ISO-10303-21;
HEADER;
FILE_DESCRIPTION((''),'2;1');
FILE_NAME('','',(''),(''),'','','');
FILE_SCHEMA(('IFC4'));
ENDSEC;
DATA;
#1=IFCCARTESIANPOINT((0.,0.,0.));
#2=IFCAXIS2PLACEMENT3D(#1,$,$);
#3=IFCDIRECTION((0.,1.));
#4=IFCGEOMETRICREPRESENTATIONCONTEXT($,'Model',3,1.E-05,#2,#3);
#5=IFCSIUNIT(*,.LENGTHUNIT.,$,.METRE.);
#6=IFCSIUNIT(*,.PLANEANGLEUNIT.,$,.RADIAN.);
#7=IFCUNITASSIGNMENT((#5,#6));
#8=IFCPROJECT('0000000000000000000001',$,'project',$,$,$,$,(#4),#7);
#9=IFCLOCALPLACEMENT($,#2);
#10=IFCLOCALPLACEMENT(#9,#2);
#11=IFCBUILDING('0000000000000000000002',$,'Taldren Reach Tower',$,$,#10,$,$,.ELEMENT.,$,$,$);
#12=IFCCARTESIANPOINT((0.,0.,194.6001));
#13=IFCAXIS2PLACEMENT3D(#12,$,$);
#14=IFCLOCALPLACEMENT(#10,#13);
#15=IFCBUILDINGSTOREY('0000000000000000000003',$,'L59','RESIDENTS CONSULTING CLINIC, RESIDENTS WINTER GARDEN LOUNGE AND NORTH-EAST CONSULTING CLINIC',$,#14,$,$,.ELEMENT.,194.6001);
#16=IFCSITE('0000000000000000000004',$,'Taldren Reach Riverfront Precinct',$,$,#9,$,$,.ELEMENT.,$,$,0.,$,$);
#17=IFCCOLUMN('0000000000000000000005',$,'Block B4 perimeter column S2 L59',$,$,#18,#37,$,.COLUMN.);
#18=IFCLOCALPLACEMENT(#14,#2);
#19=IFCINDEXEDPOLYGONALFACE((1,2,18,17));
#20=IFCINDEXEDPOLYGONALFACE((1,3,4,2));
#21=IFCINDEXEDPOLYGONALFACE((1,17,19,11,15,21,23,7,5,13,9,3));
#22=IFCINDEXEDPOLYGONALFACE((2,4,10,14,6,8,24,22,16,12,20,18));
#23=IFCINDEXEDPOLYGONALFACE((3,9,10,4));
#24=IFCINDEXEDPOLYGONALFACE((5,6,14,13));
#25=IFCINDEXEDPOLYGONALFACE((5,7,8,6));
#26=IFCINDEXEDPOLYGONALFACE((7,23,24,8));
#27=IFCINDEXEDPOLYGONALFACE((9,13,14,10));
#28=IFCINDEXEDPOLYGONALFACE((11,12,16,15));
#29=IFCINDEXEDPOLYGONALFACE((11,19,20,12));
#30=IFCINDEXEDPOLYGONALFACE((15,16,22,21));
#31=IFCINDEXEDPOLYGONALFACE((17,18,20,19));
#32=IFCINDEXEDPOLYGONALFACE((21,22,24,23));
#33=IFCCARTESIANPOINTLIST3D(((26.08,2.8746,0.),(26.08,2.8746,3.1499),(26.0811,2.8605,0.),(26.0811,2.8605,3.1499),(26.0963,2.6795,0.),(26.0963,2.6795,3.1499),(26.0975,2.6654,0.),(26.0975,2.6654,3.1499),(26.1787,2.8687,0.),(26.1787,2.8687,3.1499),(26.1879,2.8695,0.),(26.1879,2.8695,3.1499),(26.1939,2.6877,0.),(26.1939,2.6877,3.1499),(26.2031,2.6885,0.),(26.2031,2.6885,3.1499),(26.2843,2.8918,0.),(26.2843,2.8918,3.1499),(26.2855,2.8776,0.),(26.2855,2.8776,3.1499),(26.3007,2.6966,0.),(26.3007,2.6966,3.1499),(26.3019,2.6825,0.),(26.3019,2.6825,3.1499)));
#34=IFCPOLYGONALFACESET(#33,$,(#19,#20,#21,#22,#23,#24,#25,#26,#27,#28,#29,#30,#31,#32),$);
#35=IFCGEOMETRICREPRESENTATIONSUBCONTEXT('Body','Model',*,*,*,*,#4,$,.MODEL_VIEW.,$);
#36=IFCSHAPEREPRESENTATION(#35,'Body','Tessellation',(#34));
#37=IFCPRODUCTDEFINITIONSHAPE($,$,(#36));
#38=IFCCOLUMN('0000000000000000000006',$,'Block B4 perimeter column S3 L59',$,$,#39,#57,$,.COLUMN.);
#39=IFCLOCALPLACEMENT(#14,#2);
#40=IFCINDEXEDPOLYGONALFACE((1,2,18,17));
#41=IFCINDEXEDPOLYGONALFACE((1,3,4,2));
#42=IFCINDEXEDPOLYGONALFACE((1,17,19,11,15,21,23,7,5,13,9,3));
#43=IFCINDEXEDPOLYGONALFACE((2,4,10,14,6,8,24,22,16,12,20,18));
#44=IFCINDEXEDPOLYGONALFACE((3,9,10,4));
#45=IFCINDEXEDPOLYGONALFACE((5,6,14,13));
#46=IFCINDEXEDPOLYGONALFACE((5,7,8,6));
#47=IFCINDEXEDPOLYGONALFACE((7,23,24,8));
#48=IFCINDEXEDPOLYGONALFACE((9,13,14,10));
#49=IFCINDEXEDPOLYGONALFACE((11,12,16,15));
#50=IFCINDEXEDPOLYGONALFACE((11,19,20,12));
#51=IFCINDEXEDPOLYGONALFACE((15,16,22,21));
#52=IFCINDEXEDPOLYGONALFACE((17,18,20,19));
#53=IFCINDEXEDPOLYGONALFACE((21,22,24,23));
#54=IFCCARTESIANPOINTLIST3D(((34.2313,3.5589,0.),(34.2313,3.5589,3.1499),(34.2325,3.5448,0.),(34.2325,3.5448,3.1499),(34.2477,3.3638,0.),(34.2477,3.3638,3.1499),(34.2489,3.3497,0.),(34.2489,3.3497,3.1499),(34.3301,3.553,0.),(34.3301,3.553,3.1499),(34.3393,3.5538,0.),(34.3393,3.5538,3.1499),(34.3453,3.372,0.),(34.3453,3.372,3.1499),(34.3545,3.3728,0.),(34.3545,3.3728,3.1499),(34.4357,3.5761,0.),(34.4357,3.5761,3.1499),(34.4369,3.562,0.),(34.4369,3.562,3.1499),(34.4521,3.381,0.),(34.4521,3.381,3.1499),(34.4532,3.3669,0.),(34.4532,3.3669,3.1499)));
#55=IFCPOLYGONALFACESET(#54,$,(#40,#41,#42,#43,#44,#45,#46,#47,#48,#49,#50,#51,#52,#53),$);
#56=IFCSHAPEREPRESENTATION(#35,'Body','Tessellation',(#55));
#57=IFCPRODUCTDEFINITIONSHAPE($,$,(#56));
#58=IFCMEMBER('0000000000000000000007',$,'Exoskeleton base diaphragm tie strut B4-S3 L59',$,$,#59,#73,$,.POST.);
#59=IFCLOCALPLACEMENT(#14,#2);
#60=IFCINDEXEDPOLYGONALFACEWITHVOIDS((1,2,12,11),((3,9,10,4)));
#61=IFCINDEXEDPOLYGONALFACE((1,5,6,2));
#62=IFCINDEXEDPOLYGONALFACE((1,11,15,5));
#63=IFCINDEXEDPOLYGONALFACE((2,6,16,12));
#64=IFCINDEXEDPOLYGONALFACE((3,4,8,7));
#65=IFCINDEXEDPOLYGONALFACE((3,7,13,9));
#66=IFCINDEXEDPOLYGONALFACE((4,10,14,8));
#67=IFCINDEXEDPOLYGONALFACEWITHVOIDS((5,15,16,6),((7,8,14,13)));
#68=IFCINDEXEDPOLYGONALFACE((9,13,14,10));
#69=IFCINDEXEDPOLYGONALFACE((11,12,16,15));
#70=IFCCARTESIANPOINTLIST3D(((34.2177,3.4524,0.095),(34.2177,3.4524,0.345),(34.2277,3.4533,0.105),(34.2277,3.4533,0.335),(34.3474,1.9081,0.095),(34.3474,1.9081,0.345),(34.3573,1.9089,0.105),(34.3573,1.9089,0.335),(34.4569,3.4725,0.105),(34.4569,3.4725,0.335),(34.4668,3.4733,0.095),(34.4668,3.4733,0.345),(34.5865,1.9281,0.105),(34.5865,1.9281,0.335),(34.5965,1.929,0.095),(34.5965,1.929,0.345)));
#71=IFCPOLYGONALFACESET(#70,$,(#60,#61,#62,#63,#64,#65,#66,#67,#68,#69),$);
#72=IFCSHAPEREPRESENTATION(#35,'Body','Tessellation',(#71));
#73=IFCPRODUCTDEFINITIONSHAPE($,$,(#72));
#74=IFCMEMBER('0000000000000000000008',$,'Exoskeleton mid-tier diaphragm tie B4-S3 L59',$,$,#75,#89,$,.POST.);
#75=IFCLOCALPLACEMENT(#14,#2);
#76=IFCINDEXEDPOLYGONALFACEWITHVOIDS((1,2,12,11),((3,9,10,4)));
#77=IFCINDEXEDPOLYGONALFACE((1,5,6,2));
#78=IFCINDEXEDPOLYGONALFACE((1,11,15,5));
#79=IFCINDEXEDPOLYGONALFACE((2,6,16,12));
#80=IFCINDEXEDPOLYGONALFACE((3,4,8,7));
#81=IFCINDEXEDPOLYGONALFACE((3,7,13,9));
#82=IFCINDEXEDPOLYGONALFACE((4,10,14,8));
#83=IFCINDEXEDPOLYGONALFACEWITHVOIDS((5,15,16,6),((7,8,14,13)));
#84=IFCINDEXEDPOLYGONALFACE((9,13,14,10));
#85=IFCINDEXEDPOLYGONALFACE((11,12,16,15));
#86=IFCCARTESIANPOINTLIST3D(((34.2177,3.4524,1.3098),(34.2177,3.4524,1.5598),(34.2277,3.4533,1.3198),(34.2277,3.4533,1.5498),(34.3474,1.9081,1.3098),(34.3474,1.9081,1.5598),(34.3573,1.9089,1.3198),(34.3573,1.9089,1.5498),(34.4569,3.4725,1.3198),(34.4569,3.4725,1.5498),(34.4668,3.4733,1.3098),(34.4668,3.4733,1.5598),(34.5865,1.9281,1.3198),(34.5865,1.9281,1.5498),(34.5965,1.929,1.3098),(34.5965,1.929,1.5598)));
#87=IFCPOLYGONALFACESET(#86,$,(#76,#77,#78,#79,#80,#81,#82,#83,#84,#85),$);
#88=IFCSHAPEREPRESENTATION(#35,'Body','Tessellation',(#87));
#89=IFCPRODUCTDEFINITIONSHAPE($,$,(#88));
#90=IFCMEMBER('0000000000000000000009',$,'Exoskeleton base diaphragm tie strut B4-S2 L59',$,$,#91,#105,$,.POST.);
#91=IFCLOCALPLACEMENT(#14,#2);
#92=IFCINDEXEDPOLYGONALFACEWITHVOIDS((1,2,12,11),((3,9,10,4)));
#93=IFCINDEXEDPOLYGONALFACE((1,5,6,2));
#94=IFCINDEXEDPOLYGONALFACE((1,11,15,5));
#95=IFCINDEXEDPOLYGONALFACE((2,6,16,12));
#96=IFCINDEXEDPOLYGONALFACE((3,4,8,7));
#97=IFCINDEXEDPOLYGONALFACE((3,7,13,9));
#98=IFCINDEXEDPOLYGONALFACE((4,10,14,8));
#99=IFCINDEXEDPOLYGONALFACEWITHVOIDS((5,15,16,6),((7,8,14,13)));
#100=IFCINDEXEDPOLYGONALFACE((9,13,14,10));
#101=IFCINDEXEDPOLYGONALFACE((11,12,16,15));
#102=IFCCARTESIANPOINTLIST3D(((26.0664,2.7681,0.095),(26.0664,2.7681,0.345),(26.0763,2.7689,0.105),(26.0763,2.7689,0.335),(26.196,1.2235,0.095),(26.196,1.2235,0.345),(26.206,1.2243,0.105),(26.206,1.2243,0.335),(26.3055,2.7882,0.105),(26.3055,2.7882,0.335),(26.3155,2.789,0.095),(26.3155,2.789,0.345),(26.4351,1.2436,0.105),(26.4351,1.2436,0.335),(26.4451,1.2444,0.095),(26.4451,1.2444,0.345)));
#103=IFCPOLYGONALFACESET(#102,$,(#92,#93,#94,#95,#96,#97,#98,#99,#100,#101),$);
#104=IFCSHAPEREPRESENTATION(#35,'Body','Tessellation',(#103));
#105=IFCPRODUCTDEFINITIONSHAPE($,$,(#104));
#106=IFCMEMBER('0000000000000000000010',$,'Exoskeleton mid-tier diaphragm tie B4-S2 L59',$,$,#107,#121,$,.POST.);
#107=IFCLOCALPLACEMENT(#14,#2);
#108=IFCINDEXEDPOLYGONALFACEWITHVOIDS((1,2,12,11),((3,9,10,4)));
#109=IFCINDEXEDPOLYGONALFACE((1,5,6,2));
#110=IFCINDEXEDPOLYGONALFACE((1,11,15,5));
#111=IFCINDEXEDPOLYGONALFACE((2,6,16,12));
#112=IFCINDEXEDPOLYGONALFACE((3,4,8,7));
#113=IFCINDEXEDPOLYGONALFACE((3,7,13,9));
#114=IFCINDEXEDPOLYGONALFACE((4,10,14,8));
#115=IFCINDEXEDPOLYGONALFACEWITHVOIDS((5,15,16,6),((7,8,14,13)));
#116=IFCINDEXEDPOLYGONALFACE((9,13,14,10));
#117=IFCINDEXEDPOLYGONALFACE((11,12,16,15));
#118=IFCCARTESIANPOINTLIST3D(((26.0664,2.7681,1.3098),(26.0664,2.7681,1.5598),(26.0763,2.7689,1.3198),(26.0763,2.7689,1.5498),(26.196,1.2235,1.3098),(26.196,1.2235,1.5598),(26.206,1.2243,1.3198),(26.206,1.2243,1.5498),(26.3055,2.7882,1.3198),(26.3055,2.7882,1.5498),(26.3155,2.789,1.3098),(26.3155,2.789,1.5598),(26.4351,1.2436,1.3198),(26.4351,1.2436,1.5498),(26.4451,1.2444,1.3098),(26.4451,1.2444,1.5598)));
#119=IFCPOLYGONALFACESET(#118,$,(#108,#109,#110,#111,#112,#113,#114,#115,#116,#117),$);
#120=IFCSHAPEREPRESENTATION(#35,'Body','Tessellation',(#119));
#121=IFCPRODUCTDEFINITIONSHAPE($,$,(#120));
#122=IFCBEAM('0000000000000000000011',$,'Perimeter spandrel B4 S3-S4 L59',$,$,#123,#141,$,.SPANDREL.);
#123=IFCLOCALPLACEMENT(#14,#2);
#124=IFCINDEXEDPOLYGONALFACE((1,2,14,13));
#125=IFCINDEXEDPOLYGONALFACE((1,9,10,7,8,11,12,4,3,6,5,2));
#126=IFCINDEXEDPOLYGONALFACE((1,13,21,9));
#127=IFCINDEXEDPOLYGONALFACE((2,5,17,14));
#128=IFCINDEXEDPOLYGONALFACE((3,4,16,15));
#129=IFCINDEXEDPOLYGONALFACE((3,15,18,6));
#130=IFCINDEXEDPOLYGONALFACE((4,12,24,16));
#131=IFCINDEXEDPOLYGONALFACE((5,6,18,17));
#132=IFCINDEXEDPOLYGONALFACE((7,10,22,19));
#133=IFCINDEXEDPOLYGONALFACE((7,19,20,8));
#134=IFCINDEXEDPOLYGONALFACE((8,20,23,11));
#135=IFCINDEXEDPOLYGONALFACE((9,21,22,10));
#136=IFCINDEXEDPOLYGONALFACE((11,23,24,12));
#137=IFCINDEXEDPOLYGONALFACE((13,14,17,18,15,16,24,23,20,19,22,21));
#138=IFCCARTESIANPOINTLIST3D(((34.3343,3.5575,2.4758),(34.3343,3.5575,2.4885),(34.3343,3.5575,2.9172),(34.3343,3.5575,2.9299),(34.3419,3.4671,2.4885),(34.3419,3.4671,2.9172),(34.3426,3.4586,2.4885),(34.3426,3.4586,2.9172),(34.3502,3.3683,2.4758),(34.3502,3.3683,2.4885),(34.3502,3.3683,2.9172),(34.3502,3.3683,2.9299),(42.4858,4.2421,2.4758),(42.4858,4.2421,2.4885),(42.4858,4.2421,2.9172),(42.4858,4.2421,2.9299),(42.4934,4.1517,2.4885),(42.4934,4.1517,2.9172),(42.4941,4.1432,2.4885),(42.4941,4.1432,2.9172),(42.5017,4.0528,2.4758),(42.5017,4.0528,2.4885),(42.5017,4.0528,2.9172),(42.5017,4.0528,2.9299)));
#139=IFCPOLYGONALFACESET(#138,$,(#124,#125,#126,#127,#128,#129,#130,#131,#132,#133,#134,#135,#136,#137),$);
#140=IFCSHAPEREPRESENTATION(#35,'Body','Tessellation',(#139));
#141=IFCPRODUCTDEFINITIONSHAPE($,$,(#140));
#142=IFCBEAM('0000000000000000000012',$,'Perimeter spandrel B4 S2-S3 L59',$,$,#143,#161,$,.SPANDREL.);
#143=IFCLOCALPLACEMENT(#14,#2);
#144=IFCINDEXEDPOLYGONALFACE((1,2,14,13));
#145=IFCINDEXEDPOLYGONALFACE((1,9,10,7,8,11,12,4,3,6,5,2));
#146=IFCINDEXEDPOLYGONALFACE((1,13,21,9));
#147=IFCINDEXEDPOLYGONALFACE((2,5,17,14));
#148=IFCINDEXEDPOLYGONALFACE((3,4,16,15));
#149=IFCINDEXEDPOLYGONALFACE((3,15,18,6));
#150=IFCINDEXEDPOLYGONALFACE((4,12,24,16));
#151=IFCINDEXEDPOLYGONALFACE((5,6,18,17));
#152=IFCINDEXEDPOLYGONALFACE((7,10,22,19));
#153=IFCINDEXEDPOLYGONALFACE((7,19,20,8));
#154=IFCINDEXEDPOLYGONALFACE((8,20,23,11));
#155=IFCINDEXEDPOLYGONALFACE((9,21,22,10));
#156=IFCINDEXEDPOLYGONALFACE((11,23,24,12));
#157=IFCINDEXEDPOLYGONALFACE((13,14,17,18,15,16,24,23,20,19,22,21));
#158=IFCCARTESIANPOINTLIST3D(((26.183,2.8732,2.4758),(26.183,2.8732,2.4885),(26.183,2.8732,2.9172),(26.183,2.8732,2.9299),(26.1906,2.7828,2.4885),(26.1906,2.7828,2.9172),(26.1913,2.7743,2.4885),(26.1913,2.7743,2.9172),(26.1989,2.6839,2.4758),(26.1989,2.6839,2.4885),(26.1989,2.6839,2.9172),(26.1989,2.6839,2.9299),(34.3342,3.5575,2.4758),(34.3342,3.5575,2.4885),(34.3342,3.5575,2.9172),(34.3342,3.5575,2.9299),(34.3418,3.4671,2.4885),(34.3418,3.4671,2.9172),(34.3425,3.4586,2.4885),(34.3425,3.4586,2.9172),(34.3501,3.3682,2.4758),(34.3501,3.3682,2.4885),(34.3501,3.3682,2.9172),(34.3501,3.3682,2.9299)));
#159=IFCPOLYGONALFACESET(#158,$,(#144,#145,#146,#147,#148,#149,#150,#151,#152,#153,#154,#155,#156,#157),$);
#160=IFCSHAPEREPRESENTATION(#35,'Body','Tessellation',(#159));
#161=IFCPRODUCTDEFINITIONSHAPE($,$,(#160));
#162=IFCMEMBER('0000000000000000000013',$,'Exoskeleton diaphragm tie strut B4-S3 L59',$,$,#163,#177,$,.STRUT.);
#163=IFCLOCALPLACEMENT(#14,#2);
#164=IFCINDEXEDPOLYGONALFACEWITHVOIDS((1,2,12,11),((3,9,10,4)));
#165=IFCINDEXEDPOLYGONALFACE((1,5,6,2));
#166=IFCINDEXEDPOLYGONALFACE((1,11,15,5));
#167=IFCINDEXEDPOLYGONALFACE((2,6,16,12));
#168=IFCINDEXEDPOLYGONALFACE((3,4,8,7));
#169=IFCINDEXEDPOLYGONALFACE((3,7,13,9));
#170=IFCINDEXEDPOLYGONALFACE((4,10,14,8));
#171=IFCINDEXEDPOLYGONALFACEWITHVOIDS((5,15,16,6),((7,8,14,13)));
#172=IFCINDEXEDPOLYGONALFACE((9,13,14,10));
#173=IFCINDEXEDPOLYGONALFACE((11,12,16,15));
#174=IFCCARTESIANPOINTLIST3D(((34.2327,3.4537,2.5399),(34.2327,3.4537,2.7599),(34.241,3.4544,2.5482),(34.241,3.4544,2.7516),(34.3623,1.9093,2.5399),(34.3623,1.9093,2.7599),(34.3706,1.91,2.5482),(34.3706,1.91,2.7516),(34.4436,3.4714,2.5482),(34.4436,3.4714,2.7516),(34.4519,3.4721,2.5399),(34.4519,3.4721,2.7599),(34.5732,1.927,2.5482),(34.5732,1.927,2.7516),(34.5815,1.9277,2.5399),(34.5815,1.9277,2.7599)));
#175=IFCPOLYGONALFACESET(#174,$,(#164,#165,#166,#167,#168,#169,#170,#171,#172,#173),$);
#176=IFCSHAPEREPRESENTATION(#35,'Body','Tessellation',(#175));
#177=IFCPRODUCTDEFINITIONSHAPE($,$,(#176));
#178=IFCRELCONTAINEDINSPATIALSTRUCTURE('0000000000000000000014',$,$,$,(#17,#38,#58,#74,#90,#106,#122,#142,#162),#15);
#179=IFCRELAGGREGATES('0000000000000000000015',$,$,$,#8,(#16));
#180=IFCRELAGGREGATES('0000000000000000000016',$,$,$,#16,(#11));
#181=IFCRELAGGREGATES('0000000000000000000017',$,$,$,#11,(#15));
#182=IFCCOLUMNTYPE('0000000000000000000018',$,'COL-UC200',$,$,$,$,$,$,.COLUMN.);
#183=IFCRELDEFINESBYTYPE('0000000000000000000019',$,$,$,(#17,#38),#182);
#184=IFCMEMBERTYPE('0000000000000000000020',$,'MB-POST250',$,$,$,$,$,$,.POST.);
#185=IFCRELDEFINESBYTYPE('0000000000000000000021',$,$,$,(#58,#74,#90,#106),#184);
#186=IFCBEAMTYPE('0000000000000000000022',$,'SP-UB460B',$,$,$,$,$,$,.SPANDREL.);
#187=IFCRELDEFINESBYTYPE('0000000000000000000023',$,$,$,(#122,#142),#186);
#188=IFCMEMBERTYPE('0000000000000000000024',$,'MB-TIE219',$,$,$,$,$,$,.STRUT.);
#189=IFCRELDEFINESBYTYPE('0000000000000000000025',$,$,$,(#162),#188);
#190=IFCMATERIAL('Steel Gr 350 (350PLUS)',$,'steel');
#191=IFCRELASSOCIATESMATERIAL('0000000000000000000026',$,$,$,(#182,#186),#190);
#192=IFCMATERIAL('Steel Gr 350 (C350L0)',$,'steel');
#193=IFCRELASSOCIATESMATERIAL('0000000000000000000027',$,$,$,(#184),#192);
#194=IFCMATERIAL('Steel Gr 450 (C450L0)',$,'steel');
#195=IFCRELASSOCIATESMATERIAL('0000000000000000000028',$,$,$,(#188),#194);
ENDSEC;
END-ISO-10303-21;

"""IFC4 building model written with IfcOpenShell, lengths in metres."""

from ifc_helpers import new_model, si_unit, direction, frame, origin, origin_2d, place, context, subcontext, project, spatial, hollow_rectangle, i_section, extrude, source, transform, mapped, material, material_profile, profile_set, type_object, element, save


model = new_model("IFC4")

# Units and contexts
model_context = context("Model", 3, precision=1e-05, world=origin(), true_north=direction((0.0, 1.0)))
body_context = subcontext(model_context, "Body", "Model", "MODEL_VIEW")
ifc_project = project(units=[si_unit("LENGTHUNIT", "METRE"), si_unit("PLANEANGLEUNIT", "RADIAN")], contexts=[model_context])

# Site, building, storey
site_placement = place(None, origin())
site = spatial("IfcSite", under=ifc_project, at=site_placement, Name="Taldren Reach Riverfront Precinct", CompositionType="ELEMENT", RefElevation=0.0)
building_placement = place(site_placement, origin())
building = spatial("IfcBuilding", under=site, at=building_placement, Name="Taldren Reach Tower", CompositionType="ELEMENT")
storey_placement = place(building_placement, frame((0.0, 0.0, 194.6001)))
storey = spatial("IfcBuildingStorey", under=building, at=storey_placement, Name="L59", Description="RESIDENTS CONSULTING CLINIC, RESIDENTS WINTER GARDEN LOUNGE AND NORTH-EAST CONSULTING CLINIC", CompositionType="ELEMENT", Elevation=194.6001)

# Columns
ifc_material_1 = material(Name="Steel Gr 350 (350PLUS)", Category="steel")
ifc_material_profile_1 = material_profile(ifc_material_1, i_section(OverallWidth=0.2051, OverallDepth=0.21, WebThickness=0.0093, FlangeThickness=0.0142, at=origin_2d()), Name="200UC59.5")
ifc_profile_set_1 = profile_set([ifc_material_profile_1], Name="Steel Gr 350 (350PLUS)")
column_type = type_object("IfcColumnType", Name="COL-UC200", PredefinedType="COLUMN", material=ifc_profile_set_1)
shared_shape_1 = source(origin(), body_context, "Body", "SweptSolid", [
    extrude(i_section(OverallWidth=0.2051, OverallDepth=0.21, WebThickness=0.0093, FlangeThickness=0.0142, at=origin_2d()), origin(), (0.0, 0.0, 1.0), 3.1499),
])
for number, where, z_axis, x_axis, name in (
    (1, (26.1909, 2.7786, 0.0), (0.0, 0.0, 1.0), (0.996493, 0.083678, 0.0), "Block B4 perimeter column S2 L59"),
    (2, (34.3423, 3.4629, 0.0), (0.0, 0.0, 1.0), (0.996493, 0.083678, 0.0), "Block B4 perimeter column S3 L59"),
):
    element("IfcColumn", number, at=place(storey_placement, frame(where, z_axis=z_axis, x_axis=x_axis)), inside=storey, type_object=column_type, Name=name, PredefinedType="COLUMN", context=body_context, shape_type="MappedRepresentation", body=[
        mapped(shared_shape_1, transform((0.0, 0.0, 0.0), scale=1.0)),
    ])

# Members
ifc_material_2 = material(Name="Steel Gr 350 (C350L0)", Category="steel")
ifc_material_profile_2 = material_profile(ifc_material_2, hollow_rectangle(XDim=0.25, YDim=0.25, WallThickness=0.01, at=origin_2d()), Name="250x250x10.0SHS")
ifc_profile_set_2 = profile_set([ifc_material_profile_2], Name="Steel Gr 350 (C350L0)")
member_type_1 = type_object("IfcMemberType", Name="MB-POST250", PredefinedType="POST", material=ifc_profile_set_2)
shared_shape_2 = source(origin(), body_context, "Body", "SweptSolid", [
    extrude(hollow_rectangle(XDim=0.25, YDim=0.25, WallThickness=0.01, at=origin_2d()), origin(), (0.0, 0.0, 1.0), 1.5498),
])
for number, where, z_axis, x_axis, name in (
    (3, (34.3423, 3.4629, 0.22), (0.083645, -0.996496, 0.0), (0.996496, 0.083645, 0.0), "Exoskeleton base diaphragm tie strut B4-S3 L59"),
    (4, (34.3423, 3.4629, 1.4348), (0.083645, -0.996496, 0.0), (0.996496, 0.083645, 0.0), "Exoskeleton mid-tier diaphragm tie B4-S3 L59"),
):
    element("IfcMember", number, at=place(storey_placement, frame(where, z_axis=z_axis, x_axis=x_axis)), inside=storey, type_object=member_type_1, Name=name, PredefinedType="POST", context=body_context, shape_type="MappedRepresentation", body=[
        mapped(shared_shape_2, transform((0.0, 0.0, 0.0), scale=1.0)),
    ])
shared_shape_3 = source(origin(), body_context, "Body", "SweptSolid", [
    extrude(hollow_rectangle(XDim=0.25, YDim=0.25, WallThickness=0.01, at=origin_2d()), origin(), (0.0, 0.0, 1.0), 1.55),
])
for number, where, z_axis, x_axis, name in (
    (5, (26.1909, 2.7786, 0.22), (0.083632, -0.996497, 0.0), (0.996497, 0.083632, 0.0), "Exoskeleton base diaphragm tie strut B4-S2 L59"),
    (6, (26.1909, 2.7786, 1.4348), (0.083632, -0.996497, 0.0), (0.996497, 0.083632, 0.0), "Exoskeleton mid-tier diaphragm tie B4-S2 L59"),
):
    element("IfcMember", number, at=place(storey_placement, frame(where, z_axis=z_axis, x_axis=x_axis)), inside=storey, type_object=member_type_1, Name=name, PredefinedType="POST", context=body_context, shape_type="MappedRepresentation", body=[
        mapped(shared_shape_3, transform((0.0, 0.0, 0.0), scale=1.0)),
    ])

# Beams
ifc_material_profile_3 = material_profile(ifc_material_1, i_section(OverallWidth=0.1899, OverallDepth=0.4541, WebThickness=0.0085, FlangeThickness=0.0127, at=origin_2d()), Name="460UB67.1")
ifc_profile_set_3 = profile_set([ifc_material_profile_3], Name="Steel Gr 350 (350PLUS)")
beam_type = type_object("IfcBeamType", Name="SP-UB460B", PredefinedType="SPANDREL", material=ifc_profile_set_3)
shared_shape_4 = source(origin(), body_context, "Body", "SweptSolid", [
    extrude(i_section(OverallWidth=0.1899, OverallDepth=0.4541, WebThickness=0.0085, FlangeThickness=0.0127, at=origin_2d()), origin(), (0.0, 0.0, 1.0), 8.1802),
])
beam_1_placement = place(storey_placement, frame((34.3423, 3.4629, 2.7029), z_axis=(0.996492, 0.083688, 0.0), x_axis=(-0.083688, 0.996492, 0.0)))
element("IfcBeam", 7, at=beam_1_placement, inside=storey, type_object=beam_type, Name="Perimeter spandrel B4 S3-S4 L59", PredefinedType="SPANDREL", context=body_context, shape_type="MappedRepresentation", body=[
    mapped(shared_shape_4, transform((0.0, 0.0, 0.0), scale=1.0)),
])
shared_shape_5 = source(origin(), body_context, "Body", "SweptSolid", [
    extrude(i_section(OverallWidth=0.1899, OverallDepth=0.4541, WebThickness=0.0085, FlangeThickness=0.0127, at=origin_2d()), origin(), (0.0, 0.0, 1.0), 8.1799),
])
beam_2_placement = place(storey_placement, frame((26.1909, 2.7786, 2.7029), z_axis=(0.996495, 0.083658, 0.0), x_axis=(-0.083658, 0.996495, 0.0)))
element("IfcBeam", 8, at=beam_2_placement, inside=storey, type_object=beam_type, Name="Perimeter spandrel B4 S2-S3 L59", PredefinedType="SPANDREL", context=body_context, shape_type="MappedRepresentation", body=[
    mapped(shared_shape_5, transform((0.0, 0.0, 0.0), scale=1.0)),
])

# Member
ifc_material_3 = material(Name="Steel Gr 450 (C450L0)", Category="steel")
ifc_material_profile_4 = material_profile(ifc_material_3, hollow_rectangle(XDim=0.22, YDim=0.22, WallThickness=0.0083, at=origin_2d()), Name="220x220x8.2SHS")
ifc_profile_set_4 = profile_set([ifc_material_profile_4], Name="Steel Gr 450 (C450L0)")
member_type_2 = type_object("IfcMemberType", Name="MB-TIE219", PredefinedType="STRUT", material=ifc_profile_set_4)
shared_shape_6 = source(origin(), body_context, "Body", "SweptSolid", [
    extrude(hollow_rectangle(XDim=0.22, YDim=0.22, WallThickness=0.0083, at=origin_2d()), origin(), (0.0, 0.0, 1.0), 1.5498),
])
member_1_placement = place(storey_placement, frame((34.3423, 3.4629, 2.6499), z_axis=(0.083645, -0.996496, 0.0), x_axis=(0.996496, 0.083645, 0.0)))
element("IfcMember", 9, at=member_1_placement, inside=storey, type_object=member_type_2, Name="Exoskeleton diaphragm tie strut B4-S3 L59", PredefinedType="STRUT", context=body_context, shape_type="MappedRepresentation", body=[
    mapped(shared_shape_6, transform((0.0, 0.0, 0.0), scale=1.0)),
])

save(model, "model.ifc")
